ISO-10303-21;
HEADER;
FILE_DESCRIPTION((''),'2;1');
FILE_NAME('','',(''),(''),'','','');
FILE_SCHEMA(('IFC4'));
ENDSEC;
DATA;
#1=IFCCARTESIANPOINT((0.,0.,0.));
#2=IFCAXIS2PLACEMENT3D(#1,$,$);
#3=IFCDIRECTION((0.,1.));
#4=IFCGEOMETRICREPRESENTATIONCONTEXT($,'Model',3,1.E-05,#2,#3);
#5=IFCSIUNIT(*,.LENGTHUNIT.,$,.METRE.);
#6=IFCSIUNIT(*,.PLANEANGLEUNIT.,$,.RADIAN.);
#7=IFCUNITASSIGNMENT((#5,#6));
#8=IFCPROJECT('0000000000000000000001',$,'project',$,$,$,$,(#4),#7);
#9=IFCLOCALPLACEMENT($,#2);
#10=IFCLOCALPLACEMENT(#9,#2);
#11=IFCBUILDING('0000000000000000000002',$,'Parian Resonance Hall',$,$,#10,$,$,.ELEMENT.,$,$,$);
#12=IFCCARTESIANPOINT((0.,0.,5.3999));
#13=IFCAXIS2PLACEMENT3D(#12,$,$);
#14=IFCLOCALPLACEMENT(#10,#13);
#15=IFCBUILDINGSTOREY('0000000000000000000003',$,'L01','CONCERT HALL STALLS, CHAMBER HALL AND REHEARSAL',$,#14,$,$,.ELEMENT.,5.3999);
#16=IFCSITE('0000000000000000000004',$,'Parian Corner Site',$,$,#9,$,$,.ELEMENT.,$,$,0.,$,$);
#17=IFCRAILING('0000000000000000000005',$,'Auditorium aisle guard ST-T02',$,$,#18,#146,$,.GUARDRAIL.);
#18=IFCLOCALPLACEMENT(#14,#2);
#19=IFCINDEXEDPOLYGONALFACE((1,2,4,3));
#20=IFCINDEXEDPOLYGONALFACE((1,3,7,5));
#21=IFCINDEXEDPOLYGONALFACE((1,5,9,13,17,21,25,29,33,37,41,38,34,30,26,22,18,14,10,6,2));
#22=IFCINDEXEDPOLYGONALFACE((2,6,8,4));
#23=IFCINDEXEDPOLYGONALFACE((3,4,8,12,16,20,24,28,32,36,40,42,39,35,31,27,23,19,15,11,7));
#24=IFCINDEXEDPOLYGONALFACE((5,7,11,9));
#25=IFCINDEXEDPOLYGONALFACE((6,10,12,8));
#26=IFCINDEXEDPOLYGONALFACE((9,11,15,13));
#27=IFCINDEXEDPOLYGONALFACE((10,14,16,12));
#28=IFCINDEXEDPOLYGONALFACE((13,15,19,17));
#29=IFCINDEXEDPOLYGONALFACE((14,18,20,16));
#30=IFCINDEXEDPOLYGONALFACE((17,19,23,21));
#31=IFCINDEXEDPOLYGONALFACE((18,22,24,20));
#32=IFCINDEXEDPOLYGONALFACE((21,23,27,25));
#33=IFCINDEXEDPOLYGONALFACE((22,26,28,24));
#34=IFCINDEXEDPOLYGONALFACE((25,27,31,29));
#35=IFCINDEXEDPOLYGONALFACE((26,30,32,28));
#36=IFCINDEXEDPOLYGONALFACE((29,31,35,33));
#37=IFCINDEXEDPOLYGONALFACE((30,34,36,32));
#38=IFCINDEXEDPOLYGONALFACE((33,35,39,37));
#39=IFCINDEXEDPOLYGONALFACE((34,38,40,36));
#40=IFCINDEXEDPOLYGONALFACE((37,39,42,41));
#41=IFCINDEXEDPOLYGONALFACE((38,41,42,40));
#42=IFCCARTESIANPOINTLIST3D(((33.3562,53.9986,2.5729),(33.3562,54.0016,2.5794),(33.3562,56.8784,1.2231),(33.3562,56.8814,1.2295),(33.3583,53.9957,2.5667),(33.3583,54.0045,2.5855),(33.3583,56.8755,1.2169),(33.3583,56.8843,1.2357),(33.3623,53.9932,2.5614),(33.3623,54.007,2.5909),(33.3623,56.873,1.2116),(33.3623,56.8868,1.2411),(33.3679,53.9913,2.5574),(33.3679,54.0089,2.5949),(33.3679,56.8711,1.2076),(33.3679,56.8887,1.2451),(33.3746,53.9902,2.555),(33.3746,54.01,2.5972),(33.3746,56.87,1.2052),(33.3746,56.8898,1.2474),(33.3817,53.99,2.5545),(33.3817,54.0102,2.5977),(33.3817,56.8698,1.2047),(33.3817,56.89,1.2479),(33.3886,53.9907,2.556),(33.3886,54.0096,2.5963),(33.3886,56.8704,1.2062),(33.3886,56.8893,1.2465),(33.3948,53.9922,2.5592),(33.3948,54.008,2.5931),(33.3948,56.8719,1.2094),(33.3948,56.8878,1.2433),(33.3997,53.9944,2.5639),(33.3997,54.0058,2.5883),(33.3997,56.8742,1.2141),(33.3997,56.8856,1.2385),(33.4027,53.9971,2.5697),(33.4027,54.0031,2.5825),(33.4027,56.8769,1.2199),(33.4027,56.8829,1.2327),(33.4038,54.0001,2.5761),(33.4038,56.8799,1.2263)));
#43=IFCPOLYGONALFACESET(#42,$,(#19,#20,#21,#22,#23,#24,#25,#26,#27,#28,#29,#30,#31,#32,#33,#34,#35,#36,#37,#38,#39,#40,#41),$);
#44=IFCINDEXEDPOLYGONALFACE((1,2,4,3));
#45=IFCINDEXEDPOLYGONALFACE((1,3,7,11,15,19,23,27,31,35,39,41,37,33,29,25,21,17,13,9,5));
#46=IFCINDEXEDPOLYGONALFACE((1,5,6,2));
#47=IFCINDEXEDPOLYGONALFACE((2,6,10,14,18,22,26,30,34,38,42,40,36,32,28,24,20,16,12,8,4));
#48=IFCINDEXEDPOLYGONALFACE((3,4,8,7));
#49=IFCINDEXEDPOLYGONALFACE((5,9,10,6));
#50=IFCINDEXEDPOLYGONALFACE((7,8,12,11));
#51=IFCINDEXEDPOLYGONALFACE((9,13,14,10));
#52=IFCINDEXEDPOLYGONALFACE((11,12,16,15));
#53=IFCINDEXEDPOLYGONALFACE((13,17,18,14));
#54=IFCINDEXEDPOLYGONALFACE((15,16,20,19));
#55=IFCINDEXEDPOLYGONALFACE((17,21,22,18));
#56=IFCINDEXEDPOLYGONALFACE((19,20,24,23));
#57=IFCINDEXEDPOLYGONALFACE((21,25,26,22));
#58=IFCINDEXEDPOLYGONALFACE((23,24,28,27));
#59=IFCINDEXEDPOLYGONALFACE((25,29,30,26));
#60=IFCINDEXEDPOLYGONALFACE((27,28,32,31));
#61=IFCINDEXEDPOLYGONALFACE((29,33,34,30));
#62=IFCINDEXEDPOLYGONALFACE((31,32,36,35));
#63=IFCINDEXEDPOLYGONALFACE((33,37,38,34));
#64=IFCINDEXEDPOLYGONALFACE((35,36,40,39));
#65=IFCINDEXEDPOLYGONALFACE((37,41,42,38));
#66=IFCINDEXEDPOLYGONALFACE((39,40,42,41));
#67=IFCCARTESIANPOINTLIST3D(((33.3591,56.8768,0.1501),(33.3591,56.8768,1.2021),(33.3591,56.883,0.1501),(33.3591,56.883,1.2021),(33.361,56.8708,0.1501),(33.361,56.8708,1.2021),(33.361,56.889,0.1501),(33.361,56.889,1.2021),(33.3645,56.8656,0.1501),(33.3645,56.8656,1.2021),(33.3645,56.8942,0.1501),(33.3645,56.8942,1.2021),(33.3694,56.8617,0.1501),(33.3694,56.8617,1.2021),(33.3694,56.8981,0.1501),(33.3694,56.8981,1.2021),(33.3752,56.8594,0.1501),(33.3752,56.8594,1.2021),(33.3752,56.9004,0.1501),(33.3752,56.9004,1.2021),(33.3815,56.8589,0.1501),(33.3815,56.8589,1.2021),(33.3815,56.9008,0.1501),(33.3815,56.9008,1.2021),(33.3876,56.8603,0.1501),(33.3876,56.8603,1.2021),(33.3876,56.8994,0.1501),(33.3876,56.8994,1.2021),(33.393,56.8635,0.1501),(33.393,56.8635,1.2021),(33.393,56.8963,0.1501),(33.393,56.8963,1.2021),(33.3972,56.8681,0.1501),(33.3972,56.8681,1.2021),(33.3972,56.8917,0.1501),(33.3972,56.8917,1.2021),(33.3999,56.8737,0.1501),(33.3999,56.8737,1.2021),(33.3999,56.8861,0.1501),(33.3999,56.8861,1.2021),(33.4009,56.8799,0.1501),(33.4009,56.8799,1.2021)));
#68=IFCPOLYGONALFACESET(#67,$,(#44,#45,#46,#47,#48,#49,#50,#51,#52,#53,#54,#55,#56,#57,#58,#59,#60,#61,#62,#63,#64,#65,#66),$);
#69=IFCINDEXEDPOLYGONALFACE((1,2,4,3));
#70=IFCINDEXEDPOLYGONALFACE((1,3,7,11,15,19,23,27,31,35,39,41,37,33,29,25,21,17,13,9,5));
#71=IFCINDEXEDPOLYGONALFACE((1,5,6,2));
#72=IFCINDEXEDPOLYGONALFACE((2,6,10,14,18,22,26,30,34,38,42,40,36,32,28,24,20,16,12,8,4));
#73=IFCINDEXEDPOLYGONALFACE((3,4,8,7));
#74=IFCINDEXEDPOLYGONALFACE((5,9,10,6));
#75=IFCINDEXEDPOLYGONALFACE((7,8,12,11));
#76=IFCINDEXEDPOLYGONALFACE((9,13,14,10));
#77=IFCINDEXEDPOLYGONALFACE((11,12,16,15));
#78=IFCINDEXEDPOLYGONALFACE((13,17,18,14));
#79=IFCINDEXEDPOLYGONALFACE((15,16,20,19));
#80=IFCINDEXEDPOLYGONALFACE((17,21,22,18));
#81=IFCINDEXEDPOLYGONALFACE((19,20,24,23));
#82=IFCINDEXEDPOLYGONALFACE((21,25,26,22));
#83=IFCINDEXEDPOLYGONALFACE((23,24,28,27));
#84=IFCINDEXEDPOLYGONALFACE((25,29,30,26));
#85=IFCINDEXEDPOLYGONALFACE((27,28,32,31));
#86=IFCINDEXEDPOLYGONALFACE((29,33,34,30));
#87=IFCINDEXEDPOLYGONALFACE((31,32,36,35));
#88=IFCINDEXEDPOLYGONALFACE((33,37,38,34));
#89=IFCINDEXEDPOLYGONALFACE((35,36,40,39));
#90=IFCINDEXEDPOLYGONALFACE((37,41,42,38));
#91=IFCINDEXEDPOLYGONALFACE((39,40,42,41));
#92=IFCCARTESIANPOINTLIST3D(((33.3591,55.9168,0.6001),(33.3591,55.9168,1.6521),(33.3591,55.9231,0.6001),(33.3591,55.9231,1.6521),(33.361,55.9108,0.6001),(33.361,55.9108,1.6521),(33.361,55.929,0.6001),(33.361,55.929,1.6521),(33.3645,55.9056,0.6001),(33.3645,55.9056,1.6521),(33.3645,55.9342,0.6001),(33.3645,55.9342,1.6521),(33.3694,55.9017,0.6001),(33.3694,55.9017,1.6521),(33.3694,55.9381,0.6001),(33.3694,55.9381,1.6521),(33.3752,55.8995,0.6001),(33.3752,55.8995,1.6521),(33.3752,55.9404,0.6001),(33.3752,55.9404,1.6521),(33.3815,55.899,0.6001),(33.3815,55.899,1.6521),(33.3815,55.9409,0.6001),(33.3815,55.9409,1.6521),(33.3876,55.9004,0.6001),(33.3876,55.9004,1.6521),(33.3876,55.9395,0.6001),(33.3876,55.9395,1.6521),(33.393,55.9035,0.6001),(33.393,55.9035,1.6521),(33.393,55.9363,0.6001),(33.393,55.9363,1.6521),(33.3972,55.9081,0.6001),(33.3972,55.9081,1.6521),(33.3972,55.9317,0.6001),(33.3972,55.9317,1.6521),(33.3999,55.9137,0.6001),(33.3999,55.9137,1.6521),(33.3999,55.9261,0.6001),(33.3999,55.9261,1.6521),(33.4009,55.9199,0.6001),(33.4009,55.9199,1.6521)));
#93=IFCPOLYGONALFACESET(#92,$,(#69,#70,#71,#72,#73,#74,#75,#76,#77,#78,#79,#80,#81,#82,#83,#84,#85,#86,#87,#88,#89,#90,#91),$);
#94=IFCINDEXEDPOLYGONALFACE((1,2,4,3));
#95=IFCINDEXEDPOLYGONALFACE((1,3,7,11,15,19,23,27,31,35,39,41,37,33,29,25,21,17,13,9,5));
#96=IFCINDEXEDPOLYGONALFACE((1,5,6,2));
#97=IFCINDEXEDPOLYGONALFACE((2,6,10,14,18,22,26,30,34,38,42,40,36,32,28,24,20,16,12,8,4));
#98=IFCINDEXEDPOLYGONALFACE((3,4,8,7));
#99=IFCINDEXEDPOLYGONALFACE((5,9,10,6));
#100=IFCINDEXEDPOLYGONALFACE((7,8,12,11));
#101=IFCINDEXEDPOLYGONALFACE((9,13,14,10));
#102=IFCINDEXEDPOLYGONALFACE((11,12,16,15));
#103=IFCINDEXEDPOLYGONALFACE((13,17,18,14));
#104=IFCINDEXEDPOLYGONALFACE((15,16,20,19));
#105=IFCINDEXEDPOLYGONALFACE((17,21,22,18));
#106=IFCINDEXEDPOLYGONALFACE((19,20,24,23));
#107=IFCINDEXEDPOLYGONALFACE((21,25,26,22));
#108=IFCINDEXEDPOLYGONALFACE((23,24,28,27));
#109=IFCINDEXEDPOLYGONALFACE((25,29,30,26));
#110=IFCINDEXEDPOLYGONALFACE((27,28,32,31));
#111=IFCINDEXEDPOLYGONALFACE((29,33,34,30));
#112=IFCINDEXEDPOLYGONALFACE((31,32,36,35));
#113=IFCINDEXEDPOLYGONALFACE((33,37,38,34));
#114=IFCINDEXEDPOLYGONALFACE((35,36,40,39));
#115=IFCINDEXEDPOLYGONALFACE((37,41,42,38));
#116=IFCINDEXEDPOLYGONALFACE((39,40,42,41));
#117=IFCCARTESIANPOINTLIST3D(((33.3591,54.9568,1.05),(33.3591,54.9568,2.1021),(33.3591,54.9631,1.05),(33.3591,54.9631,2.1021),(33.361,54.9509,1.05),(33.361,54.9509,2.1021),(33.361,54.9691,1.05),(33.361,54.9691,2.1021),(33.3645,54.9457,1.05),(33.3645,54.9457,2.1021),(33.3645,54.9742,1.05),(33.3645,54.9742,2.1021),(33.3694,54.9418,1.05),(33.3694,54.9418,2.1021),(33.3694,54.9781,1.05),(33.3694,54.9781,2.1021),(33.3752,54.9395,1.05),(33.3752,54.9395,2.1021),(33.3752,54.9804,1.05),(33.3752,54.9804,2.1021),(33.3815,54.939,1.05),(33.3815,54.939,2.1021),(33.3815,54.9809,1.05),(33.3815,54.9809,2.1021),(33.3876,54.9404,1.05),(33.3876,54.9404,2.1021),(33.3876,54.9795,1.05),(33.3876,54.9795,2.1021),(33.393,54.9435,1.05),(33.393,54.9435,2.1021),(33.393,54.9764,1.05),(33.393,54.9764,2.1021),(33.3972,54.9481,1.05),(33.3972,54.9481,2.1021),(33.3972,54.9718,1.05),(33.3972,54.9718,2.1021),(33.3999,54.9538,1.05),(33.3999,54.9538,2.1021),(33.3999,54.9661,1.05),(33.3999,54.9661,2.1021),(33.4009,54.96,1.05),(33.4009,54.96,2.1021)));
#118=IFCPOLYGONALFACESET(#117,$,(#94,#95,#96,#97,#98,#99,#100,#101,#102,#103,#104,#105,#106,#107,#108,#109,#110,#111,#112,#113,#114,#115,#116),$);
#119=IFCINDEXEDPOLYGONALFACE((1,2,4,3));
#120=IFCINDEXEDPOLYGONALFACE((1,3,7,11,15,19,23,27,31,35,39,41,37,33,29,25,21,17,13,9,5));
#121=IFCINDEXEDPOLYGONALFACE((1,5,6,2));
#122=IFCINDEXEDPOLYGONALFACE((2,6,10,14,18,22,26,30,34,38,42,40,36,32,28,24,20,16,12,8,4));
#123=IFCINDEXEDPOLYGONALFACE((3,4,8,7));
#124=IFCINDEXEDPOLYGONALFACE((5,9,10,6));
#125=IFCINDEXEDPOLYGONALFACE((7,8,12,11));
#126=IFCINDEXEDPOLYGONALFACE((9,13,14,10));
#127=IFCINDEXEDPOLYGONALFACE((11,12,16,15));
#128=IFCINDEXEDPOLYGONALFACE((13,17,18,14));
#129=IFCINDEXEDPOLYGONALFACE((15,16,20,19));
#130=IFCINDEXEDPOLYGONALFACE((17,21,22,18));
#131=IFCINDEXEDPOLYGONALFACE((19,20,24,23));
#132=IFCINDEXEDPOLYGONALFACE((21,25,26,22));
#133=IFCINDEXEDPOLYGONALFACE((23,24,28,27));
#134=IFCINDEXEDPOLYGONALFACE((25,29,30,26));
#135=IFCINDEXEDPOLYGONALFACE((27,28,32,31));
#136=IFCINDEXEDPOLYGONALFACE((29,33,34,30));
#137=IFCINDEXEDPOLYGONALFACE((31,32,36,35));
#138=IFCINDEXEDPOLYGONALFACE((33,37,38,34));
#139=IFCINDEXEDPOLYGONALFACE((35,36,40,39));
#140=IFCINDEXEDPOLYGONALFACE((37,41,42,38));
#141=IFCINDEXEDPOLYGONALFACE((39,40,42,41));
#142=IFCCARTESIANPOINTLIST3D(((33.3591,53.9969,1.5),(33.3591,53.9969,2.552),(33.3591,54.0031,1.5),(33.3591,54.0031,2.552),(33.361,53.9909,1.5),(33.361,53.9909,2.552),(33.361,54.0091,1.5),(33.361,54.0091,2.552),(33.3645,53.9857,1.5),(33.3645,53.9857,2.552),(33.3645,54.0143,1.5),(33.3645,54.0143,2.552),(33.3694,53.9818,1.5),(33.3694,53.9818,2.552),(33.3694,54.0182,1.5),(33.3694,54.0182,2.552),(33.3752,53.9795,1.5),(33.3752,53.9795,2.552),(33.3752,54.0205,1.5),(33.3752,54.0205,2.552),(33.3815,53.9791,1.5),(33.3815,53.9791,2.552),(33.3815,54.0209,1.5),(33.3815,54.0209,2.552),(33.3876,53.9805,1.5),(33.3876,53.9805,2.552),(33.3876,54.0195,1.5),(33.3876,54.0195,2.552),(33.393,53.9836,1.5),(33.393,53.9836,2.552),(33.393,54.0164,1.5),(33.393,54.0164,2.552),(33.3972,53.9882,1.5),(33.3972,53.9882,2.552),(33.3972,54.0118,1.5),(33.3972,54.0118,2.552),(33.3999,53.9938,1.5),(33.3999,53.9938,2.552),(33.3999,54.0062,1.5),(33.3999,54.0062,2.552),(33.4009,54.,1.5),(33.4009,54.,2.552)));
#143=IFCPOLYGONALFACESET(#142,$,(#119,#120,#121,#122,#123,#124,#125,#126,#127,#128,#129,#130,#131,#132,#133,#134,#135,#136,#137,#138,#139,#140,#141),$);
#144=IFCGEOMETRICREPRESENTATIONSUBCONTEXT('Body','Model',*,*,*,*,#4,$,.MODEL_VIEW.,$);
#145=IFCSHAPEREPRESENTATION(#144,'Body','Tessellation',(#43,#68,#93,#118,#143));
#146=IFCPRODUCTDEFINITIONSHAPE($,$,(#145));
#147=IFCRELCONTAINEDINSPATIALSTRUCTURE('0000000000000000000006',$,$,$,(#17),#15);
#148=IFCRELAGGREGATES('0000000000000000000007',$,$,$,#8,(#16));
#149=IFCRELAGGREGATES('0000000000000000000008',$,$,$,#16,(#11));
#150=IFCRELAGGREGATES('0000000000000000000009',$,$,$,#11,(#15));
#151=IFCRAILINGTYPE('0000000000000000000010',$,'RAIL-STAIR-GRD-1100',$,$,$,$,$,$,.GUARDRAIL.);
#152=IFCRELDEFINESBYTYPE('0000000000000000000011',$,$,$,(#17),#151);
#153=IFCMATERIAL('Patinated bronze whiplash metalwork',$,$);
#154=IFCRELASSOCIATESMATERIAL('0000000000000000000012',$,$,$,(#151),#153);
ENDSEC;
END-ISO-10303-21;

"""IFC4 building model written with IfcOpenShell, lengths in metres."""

from ifc_helpers import new_model, si_unit, direction, frame, origin, origin_2d, place, context, subcontext, project, spatial, circle, extrude, material, type_object, element, save


model = new_model("IFC4")

# Units and contexts
model_context = context("Model", 3, precision=1e-05, world=origin(), true_north=direction((0.0, 1.0)))
body_context = subcontext(model_context, "Body", "Model", "MODEL_VIEW")
ifc_project = project(units=[si_unit("LENGTHUNIT", "METRE"), si_unit("PLANEANGLEUNIT", "RADIAN")], contexts=[model_context])

# Site, building, storey
site_placement = place(None, origin())
site = spatial("IfcSite", under=ifc_project, at=site_placement, Name="Parian Corner Site", CompositionType="ELEMENT", RefElevation=0.0)
building_placement = place(site_placement, origin())
building = spatial("IfcBuilding", under=site, at=building_placement, Name="Parian Resonance Hall", CompositionType="ELEMENT")
storey_placement = place(building_placement, frame((0.0, 0.0, 5.3999)))
storey = spatial("IfcBuildingStorey", under=building, at=storey_placement, Name="L01", Description="CONCERT HALL STALLS, CHAMBER HALL AND REHEARSAL", CompositionType="ELEMENT", Elevation=5.3999)

# Railing
ifc_material_1 = material(Name="Patinated bronze whiplash metalwork")
railing_type_1 = type_object("IfcRailingType", Name="RAIL-STAIR-GRD-1100", PredefinedType="GUARDRAIL", material=ifc_material_1)
railing_1_placement = place(storey_placement, frame((33.3799, 56.8799, 0.1501)))
element("IfcRailing", 1, at=railing_1_placement, inside=storey, type_object=railing_type_1, Name="Auditorium aisle guard ST-T02", PredefinedType="GUARDRAIL", context=body_context, shape_type="SweptSolid", body=[
    extrude(circle(Radius=0.0239, at=origin_2d()), frame((0.0, 0.0, 1.0762), z_axis=(0.0, -0.90547, 0.42441), x_axis=(1.0, 0.0, 0.0)), (0.0, 0.0, 1.0), 3.1804),
    extrude(circle(Radius=0.021, at=origin_2d()), origin(), (0.0, 0.0, 1.0), 1.052),
    extrude(circle(Radius=0.021, at=origin_2d()), frame((0.0, -0.96, 0.45)), (0.0, 0.0, 1.0), 1.052),
    extrude(circle(Radius=0.021, at=origin_2d()), frame((0.0, -1.9199, 0.8999)), (0.0, 0.0, 1.0), 1.052),
    extrude(circle(Radius=0.021, at=origin_2d()), frame((0.0, -2.8799, 1.3499)), (0.0, 0.0, 1.0), 1.052),
])

save(model, "model.ifc")
